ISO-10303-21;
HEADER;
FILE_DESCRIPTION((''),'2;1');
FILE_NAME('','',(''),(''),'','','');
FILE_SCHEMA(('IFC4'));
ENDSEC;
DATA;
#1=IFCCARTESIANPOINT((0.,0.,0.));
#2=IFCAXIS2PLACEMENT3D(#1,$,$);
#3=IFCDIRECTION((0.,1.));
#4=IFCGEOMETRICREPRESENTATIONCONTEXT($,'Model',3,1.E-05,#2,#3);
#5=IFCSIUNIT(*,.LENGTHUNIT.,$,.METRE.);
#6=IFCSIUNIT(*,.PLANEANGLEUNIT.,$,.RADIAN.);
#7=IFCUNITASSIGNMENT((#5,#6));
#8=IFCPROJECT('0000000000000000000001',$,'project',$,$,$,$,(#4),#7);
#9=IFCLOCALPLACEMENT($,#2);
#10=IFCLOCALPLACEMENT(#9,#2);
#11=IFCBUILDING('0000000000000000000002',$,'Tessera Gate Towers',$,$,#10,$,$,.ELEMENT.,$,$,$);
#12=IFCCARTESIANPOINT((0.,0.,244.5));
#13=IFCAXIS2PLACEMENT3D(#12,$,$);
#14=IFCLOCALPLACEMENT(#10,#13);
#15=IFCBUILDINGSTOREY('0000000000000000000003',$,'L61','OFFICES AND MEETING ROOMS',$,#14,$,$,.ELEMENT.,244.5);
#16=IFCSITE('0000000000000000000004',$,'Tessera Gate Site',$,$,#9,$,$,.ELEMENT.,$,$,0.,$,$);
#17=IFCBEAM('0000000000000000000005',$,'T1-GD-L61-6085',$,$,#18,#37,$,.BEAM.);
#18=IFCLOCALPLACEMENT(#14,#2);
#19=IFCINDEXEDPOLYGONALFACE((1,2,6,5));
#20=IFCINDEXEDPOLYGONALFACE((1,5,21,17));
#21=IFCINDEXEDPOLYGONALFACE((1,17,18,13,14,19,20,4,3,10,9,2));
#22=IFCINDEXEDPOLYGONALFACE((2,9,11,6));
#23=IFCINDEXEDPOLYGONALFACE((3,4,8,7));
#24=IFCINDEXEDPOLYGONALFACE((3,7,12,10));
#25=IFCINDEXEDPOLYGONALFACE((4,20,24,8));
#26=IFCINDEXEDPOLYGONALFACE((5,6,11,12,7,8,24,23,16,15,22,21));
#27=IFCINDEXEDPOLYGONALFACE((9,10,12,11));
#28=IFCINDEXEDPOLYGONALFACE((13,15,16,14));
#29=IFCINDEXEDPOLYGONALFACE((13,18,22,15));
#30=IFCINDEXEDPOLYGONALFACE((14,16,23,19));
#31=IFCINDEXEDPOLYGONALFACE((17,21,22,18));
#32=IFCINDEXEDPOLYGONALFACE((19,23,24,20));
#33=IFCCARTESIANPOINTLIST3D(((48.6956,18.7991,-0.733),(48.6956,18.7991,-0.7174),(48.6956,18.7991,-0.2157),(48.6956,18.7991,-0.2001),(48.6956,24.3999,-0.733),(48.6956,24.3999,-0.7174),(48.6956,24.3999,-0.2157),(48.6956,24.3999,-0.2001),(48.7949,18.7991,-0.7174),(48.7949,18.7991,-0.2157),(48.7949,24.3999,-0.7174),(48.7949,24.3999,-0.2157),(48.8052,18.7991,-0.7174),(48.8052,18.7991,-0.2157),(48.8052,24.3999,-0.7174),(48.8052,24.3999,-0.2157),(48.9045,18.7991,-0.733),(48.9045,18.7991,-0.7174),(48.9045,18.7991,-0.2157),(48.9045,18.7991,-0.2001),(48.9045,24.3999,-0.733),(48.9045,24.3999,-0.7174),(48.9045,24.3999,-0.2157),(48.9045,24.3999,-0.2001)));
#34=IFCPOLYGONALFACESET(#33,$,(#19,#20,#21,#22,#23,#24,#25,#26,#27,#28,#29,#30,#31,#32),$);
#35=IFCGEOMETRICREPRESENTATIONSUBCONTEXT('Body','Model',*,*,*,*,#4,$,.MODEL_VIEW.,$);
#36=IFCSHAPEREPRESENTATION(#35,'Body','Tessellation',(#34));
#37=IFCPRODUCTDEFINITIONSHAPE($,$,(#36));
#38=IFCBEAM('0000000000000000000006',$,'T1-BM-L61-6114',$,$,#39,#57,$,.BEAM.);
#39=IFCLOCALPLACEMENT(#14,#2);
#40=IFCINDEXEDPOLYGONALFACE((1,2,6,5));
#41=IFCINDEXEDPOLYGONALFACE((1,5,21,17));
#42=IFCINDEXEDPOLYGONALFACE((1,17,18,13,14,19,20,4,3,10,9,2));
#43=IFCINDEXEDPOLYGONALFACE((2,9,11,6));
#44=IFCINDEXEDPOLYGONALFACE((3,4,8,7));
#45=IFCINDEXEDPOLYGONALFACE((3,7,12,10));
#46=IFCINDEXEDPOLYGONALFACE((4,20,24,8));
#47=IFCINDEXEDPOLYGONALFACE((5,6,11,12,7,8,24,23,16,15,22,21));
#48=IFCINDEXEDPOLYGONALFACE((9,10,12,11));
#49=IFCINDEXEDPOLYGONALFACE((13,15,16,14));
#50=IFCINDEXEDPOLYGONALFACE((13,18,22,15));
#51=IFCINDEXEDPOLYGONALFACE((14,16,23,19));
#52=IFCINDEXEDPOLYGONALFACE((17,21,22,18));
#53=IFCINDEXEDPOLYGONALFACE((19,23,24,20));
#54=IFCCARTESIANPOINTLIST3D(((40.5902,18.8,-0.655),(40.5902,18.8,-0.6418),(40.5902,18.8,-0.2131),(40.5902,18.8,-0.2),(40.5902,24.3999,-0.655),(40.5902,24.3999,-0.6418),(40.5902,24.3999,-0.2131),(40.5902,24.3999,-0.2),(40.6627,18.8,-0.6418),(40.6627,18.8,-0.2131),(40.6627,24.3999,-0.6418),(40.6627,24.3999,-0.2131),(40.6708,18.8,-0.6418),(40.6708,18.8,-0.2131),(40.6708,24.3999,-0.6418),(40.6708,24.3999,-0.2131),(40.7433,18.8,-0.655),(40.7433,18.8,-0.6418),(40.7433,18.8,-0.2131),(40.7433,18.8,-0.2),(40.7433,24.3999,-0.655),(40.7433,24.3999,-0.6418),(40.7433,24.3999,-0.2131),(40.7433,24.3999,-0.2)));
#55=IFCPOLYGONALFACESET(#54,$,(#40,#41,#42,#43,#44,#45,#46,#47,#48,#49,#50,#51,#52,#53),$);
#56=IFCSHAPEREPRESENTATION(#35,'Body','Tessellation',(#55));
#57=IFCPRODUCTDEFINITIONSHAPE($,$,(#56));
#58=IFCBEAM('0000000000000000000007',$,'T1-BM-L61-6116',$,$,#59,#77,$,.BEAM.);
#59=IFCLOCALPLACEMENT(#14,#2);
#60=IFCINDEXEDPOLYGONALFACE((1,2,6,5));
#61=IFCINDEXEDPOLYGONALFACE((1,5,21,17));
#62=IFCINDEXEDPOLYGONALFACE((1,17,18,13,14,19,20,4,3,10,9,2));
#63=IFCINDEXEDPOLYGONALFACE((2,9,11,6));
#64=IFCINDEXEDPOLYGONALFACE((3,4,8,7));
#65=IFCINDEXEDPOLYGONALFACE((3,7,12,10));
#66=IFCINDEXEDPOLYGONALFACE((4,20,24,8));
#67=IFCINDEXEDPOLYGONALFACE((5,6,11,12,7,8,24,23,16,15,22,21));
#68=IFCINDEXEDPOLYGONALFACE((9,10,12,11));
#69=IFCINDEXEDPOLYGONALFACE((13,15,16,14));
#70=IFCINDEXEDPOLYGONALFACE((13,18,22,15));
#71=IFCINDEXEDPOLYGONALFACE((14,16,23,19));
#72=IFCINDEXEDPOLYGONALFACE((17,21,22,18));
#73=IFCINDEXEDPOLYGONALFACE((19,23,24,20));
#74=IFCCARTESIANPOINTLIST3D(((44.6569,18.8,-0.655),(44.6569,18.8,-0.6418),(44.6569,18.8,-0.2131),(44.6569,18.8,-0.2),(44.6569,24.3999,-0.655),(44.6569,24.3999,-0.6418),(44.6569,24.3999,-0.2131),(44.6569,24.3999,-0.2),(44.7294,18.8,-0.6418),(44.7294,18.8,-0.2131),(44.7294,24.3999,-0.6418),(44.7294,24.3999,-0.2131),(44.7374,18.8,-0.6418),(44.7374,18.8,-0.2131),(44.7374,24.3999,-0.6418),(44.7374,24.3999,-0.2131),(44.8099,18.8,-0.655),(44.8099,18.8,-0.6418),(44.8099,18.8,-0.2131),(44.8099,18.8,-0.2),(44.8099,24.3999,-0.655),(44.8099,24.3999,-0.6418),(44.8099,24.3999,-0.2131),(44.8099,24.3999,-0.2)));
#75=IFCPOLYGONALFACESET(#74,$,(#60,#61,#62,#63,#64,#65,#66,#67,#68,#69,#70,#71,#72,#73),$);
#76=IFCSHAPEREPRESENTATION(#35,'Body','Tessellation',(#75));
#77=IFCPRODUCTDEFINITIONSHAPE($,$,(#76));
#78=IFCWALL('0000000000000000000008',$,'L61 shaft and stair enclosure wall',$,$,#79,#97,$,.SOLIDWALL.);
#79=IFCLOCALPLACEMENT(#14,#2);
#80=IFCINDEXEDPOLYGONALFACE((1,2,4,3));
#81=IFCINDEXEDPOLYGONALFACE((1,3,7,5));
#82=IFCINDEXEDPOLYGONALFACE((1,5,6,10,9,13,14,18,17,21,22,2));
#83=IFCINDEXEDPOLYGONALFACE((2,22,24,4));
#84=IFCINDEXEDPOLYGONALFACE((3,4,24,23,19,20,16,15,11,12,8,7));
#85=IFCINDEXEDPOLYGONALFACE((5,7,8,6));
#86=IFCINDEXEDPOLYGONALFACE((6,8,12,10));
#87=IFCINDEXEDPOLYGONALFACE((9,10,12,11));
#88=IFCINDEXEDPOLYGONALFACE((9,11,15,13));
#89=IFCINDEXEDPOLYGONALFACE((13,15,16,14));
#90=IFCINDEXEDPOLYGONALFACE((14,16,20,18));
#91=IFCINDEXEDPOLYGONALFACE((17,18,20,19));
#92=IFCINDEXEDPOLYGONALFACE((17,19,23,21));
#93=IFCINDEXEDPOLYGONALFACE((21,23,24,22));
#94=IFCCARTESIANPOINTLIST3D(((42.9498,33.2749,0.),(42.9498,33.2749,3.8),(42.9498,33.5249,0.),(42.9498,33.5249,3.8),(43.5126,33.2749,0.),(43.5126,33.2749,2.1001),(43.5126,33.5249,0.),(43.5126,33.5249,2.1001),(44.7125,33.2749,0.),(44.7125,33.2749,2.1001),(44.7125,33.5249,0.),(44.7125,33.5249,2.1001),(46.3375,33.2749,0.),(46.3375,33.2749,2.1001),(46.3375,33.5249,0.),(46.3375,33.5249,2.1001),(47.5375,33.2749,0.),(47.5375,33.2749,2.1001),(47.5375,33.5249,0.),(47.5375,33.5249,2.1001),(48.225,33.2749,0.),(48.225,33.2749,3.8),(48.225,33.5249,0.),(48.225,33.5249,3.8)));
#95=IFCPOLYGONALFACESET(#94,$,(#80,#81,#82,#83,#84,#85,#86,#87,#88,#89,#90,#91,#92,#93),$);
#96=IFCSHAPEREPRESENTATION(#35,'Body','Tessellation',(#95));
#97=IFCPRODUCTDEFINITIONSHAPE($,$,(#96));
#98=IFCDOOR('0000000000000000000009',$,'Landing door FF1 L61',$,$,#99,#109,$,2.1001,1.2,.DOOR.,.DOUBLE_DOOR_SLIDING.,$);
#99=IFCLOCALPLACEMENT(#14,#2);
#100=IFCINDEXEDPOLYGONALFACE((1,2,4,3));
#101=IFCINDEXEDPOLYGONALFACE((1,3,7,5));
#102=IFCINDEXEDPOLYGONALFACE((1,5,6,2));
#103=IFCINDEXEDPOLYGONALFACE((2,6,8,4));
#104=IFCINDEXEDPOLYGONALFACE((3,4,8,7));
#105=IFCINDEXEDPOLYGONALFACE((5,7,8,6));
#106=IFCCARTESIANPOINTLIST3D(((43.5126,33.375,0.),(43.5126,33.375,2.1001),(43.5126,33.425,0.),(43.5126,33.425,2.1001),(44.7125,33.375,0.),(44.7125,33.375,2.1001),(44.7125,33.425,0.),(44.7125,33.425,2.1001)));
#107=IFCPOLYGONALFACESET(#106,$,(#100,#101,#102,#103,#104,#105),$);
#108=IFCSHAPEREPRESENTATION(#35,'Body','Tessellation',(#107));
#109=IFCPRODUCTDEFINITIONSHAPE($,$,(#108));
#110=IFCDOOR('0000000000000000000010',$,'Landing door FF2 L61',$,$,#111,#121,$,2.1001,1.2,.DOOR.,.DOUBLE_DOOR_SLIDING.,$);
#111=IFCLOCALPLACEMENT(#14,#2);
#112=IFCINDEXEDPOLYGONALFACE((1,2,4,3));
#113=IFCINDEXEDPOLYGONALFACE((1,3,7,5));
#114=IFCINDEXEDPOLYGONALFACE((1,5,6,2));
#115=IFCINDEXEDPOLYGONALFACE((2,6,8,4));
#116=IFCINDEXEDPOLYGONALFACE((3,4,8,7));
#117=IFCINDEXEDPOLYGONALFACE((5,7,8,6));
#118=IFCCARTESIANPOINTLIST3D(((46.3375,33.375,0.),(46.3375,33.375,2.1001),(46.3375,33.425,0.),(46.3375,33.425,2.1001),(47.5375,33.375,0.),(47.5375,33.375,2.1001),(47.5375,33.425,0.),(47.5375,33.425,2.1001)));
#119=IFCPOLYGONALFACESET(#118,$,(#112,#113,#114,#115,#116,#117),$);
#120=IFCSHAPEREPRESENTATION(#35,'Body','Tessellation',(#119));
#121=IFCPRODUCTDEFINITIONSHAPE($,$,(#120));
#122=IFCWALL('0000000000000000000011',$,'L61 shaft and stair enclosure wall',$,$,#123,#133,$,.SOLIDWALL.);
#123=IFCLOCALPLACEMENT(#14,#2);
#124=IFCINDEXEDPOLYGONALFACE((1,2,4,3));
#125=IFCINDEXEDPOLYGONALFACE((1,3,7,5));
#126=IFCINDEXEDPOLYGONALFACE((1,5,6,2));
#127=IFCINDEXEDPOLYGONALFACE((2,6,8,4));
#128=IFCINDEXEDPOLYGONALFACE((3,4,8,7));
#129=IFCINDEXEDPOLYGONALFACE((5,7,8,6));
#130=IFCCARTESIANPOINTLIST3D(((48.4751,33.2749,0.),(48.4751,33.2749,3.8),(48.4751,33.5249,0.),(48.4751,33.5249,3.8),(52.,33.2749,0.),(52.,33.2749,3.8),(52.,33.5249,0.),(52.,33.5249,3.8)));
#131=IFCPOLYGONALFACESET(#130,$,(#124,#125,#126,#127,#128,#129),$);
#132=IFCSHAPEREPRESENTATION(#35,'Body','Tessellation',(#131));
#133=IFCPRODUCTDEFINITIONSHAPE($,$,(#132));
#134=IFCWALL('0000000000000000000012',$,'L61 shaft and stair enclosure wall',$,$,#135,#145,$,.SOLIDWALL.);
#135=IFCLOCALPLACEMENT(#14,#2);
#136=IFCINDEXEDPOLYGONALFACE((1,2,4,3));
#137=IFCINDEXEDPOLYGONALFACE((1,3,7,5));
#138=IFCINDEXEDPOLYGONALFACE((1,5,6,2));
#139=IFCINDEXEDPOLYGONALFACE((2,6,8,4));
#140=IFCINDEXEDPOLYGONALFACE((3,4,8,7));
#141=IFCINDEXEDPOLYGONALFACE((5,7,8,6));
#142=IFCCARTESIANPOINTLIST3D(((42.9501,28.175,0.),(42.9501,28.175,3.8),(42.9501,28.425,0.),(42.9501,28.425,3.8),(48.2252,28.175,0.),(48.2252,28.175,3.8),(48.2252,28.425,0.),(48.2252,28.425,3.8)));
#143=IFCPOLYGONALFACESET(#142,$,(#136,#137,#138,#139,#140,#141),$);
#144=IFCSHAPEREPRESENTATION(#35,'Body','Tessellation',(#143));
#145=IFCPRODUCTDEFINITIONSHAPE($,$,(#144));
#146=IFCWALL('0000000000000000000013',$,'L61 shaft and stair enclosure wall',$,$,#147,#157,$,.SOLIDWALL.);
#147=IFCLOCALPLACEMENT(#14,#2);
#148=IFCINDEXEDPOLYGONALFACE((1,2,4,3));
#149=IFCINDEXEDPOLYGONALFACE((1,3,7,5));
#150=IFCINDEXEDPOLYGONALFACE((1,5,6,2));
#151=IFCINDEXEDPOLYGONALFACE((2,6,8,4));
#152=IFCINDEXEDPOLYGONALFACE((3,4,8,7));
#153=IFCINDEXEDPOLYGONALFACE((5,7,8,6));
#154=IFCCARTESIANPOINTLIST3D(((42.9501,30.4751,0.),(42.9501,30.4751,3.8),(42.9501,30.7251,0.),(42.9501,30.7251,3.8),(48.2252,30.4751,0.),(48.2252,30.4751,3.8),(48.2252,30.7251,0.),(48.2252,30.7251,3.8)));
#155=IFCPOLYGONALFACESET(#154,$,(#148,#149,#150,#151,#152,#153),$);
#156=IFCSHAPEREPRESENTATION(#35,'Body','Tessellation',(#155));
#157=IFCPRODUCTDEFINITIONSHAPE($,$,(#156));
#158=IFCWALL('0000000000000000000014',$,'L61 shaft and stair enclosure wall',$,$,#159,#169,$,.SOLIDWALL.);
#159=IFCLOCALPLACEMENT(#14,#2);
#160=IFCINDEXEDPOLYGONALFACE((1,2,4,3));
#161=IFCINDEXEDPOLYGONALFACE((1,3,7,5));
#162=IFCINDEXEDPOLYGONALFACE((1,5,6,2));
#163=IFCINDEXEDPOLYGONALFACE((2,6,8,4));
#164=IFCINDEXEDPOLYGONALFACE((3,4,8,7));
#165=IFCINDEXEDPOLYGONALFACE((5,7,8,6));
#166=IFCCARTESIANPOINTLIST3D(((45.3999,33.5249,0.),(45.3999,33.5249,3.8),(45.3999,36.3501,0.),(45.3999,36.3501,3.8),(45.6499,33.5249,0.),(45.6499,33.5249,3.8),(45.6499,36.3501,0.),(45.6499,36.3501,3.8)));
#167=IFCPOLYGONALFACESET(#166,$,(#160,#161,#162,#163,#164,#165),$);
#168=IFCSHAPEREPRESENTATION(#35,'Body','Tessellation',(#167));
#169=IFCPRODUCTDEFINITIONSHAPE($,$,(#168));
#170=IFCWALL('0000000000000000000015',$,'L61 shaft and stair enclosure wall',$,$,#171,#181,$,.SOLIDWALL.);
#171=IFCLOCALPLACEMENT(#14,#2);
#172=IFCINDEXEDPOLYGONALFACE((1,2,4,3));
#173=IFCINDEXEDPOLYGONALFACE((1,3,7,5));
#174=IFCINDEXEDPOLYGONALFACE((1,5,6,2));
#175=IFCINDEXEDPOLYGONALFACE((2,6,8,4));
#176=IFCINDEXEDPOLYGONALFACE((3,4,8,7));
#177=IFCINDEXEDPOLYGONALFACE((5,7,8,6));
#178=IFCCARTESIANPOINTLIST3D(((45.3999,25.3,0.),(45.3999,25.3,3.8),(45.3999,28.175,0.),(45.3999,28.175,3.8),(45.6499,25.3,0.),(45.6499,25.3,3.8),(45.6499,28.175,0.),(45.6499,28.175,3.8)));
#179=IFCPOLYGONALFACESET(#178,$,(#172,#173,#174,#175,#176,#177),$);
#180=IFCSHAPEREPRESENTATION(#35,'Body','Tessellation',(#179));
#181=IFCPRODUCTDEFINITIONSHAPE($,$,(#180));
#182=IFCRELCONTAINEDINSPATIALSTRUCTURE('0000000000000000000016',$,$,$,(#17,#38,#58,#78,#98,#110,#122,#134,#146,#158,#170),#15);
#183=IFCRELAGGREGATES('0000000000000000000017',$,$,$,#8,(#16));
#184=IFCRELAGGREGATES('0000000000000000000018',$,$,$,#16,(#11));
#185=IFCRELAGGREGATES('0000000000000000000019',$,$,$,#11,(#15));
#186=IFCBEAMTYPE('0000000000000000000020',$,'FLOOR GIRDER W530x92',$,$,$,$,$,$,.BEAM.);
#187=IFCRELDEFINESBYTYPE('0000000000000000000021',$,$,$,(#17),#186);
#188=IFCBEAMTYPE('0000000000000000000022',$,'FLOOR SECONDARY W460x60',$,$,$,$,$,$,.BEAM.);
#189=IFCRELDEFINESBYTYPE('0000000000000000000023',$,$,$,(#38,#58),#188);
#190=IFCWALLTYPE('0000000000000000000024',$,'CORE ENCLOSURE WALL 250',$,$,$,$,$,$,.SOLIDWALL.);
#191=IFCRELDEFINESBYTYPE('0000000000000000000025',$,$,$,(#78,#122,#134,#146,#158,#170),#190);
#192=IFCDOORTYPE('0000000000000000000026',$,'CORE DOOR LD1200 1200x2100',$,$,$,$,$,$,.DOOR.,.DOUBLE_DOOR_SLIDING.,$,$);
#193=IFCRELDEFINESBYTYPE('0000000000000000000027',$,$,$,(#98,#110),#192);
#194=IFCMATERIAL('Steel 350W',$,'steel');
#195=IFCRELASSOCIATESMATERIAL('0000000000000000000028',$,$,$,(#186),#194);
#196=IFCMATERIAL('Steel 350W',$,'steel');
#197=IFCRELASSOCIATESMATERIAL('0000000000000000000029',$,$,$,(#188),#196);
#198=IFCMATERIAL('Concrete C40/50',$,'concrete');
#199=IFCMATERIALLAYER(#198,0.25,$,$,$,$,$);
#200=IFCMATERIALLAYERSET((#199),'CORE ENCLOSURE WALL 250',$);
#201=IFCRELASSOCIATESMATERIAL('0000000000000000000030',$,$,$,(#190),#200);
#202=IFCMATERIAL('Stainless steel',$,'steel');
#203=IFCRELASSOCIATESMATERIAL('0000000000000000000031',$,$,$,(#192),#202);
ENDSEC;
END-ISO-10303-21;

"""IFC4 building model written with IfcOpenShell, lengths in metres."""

from ifc_helpers import new_model, si_unit, direction, frame, frame_2d, origin, origin_2d, place, context, subcontext, project, spatial, rectangle, i_section, extrude, source, transform, mapped, material, layer, layer_set, material_profile, profile_set, type_object, element, fill, save


model = new_model("IFC4")

# Units and contexts
model_context = context("Model", 3, precision=1e-05, world=origin(), true_north=direction((0.0, 1.0)))
body_context = subcontext(model_context, "Body", "Model", "MODEL_VIEW")
ifc_project = project(units=[si_unit("LENGTHUNIT", "METRE"), si_unit("PLANEANGLEUNIT", "RADIAN")], contexts=[model_context])

# Site, building, storey
site_placement = place(None, origin())
site = spatial("IfcSite", under=ifc_project, at=site_placement, Name="Tessera Gate Site", CompositionType="ELEMENT", RefElevation=0.0)
building_placement = place(site_placement, origin())
building = spatial("IfcBuilding", under=site, at=building_placement, Name="Tessera Gate Towers", CompositionType="ELEMENT")
storey_placement = place(building_placement, frame((0.0, 0.0, 244.5)))
storey = spatial("IfcBuildingStorey", under=building, at=storey_placement, Name="L61", Description="OFFICES AND MEETING ROOMS", CompositionType="ELEMENT", Elevation=244.5)

# Beams
ifc_material_1 = material(Name="Steel 350W", Category="steel")
ifc_material_profile_1 = material_profile(ifc_material_1, i_section(OverallWidth=0.209, OverallDepth=0.533, WebThickness=0.0103, FlangeThickness=0.0156, at=origin_2d()), Name="W530x92")
ifc_profile_set_1 = profile_set([ifc_material_profile_1], Name="Steel 350W")
beam_type_1 = type_object("IfcBeamType", Name="FLOOR GIRDER W530x92", PredefinedType="BEAM", material=ifc_profile_set_1)
beam_placement = place(storey_placement, frame((48.8, 18.7991, -0.4666), z_axis=(0.0, 1.0, 0.0), x_axis=(-1.0, 0.0, 0.0)))
element("IfcBeam", 1, at=beam_placement, inside=storey, type_object=beam_type_1, Name="T1-GD-L61-6085", PredefinedType="BEAM", context=body_context, shape_type="SweptSolid", body=[
    extrude(i_section(OverallWidth=0.209, OverallDepth=0.533, WebThickness=0.0103, FlangeThickness=0.0156, at=origin_2d()), origin(), (0.0, 0.0, 1.0), 5.6008),
])
ifc_material_2 = material(Name="Steel 350W", Category="steel")
ifc_material_profile_2 = material_profile(ifc_material_2, i_section(OverallWidth=0.1531, OverallDepth=0.4551, WebThickness=0.0081, FlangeThickness=0.0132, at=origin_2d()), Name="W460x60")
ifc_profile_set_2 = profile_set([ifc_material_profile_2], Name="Steel 350W")
beam_type_2 = type_object("IfcBeamType", Name="FLOOR SECONDARY W460x60", PredefinedType="BEAM", material=ifc_profile_set_2)
for number, where, z_axis, x_axis, name in (
    (2, (40.6667, 18.8, -0.4275), (0.0, 1.0, 0.0), (-1.0, 0.0, 0.0), "T1-BM-L61-6114"),
    (3, (44.7334, 18.8, -0.4275), (0.0, 1.0, 0.0), (-1.0, 0.0, 0.0), "T1-BM-L61-6116"),
):
    element("IfcBeam", number, at=place(storey_placement, frame(where, z_axis=z_axis, x_axis=x_axis)), inside=storey, type_object=beam_type_2, Name=name, PredefinedType="BEAM", context=body_context, shape_type="SweptSolid", body=[
        extrude(i_section(OverallWidth=0.1531, OverallDepth=0.4551, WebThickness=0.0081, FlangeThickness=0.0132, at=origin_2d()), origin(), (0.0, 0.0, 1.0), 5.5999),
    ])

# Wall, openings, doors
ifc_material_3 = material(Name="Concrete C40/50", Category="concrete")
ifc_layer_1 = layer(ifc_material_3, 0.25)
ifc_layer_set_1 = layer_set([ifc_layer_1], Name="CORE ENCLOSURE WALL 250")
wall_type_1 = type_object("IfcWallType", Name="CORE ENCLOSURE WALL 250", PredefinedType="SOLIDWALL", material=ifc_layer_set_1)
wall_1_placement = place(storey_placement, frame((48.2251, 33.3999, 0.0), z_axis=(0.0, 0.0, 1.0), x_axis=(-1.0, 0.0, 0.0)))
wall_1 = element("IfcWall", 4, at=wall_1_placement, inside=storey, type_object=wall_type_1, Name="L61 shaft and stair enclosure wall", PredefinedType="SOLIDWALL", context=body_context, shape_type="SweptSolid", body=[
    extrude(rectangle(XDim=5.2751, YDim=0.25, at=frame_2d((2.6377, 0.0))), origin(), (0.0, 0.0, 1.0), 3.8),
])
shared_shape_1 = source(origin(), body_context, "Body", "SweptSolid", [
    extrude(rectangle(XDim=1.2, YDim=2.1001, at=frame_2d((0.6001, 1.05))), frame((0.0, 0.135, 0.0), z_axis=(0.0, -1.0, 0.0), x_axis=(1.0, 0.0, 0.0)), (0.0, 0.0, 1.0), 0.27),
])
opening_1_placement = place(wall_1_placement, frame((3.5125, 0.0, 0.0)))
opening_1 = element("IfcOpeningElement", 5, at=opening_1_placement, cuts=wall_1, PredefinedType="OPENING", context=body_context, shape_type="MappedRepresentation", body=[
    mapped(shared_shape_1, transform((0.0, 0.0, 0.0), scale=1.0)),
])
opening_2_placement = place(wall_1_placement, frame((0.6875, 0.0, 0.0)))
opening_2 = element("IfcOpeningElement", 6, at=opening_2_placement, cuts=wall_1, PredefinedType="OPENING", context=body_context, shape_type="MappedRepresentation", body=[
    mapped(shared_shape_1, transform((0.0, 0.0, 0.0), scale=1.0)),
])
ifc_material_4 = material(Name="Stainless steel", Category="steel")
door_type_1 = type_object("IfcDoorType", Name="CORE DOOR LD1200 1200x2100", OperationType="DOUBLE_DOOR_SLIDING", PredefinedType="DOOR", material=ifc_material_4)
shared_shape_2 = source(origin(), body_context, "Body", "SweptSolid", [
    extrude(rectangle(XDim=1.2, YDim=2.1001, at=frame_2d((0.6001, 1.05))), frame((0.0, 0.0249, 0.0), z_axis=(0.0, -1.0, 0.0), x_axis=(1.0, 0.0, 0.0)), (0.0, 0.0, 1.0), 0.05),
])
door_1_placement = place(opening_1_placement, origin())
door_1 = element("IfcDoor", 7, at=door_1_placement, inside=storey, type_object=door_type_1, Name="Landing door FF1 L61", OperationType="DOUBLE_DOOR_SLIDING", OverallHeight=2.1001, OverallWidth=1.2, PredefinedType="DOOR", context=body_context, shape_type="MappedRepresentation", body=[
    mapped(shared_shape_2, transform((0.0, 0.0, 0.0), scale=1.0)),
])
fill(opening_1, door_1)
door_2_placement = place(opening_2_placement, origin())
door_2 = element("IfcDoor", 8, at=door_2_placement, inside=storey, type_object=door_type_1, Name="Landing door FF2 L61", OperationType="DOUBLE_DOOR_SLIDING", OverallHeight=2.1001, OverallWidth=1.2, PredefinedType="DOOR", context=body_context, shape_type="MappedRepresentation", body=[
    mapped(shared_shape_2, transform((0.0, 0.0, 0.0), scale=1.0)),
])
fill(opening_2, door_2)

# Walls
wall_2_placement = place(storey_placement, frame((48.4751, 33.3999, 0.0), z_axis=(0.0, 0.0, 1.0), x_axis=(1.0, 0.0, 0.0)))
element("IfcWall", 9, at=wall_2_placement, inside=storey, type_object=wall_type_1, Name="L61 shaft and stair enclosure wall", PredefinedType="SOLIDWALL", context=body_context, shape_type="SweptSolid", body=[
    extrude(rectangle(XDim=3.5249, YDim=0.25, at=frame_2d((1.7625, 0.0))), origin(), (0.0, 0.0, 1.0), 3.8),
])
for number, where, z_axis, x_axis, name in (
    (10, (42.95, 28.3, 0.0), (0.0, 0.0, 1.0), (1.0, 0.0, 0.0), "L61 shaft and stair enclosure wall"),
    (11, (42.95, 30.6001, 0.0), (0.0, 0.0, 1.0), (1.0, 0.0, 0.0), "L61 shaft and stair enclosure wall"),
):
    element("IfcWall", number, at=place(storey_placement, frame(where, z_axis=z_axis, x_axis=x_axis)), inside=storey, type_object=wall_type_1, Name=name, PredefinedType="SOLIDWALL", context=body_context, shape_type="SweptSolid", body=[
        extrude(rectangle(XDim=5.2751, YDim=0.25, at=frame_2d((2.6377, 0.0))), origin(), (0.0, 0.0, 1.0), 3.8),
    ])
wall_3_placement = place(storey_placement, frame((45.5249, 33.5249, 0.0), z_axis=(0.0, 0.0, 1.0), x_axis=(0.0, 1.0, 0.0)))
element("IfcWall", 12, at=wall_3_placement, inside=storey, type_object=wall_type_1, Name="L61 shaft and stair enclosure wall", PredefinedType="SOLIDWALL", context=body_context, shape_type="SweptSolid", body=[
    extrude(rectangle(XDim=2.8252, YDim=0.25, at=frame_2d((1.4126, 0.0))), origin(), (0.0, 0.0, 1.0), 3.8),
])
wall_4_placement = place(storey_placement, frame((45.5249, 25.3, 0.0), z_axis=(0.0, 0.0, 1.0), x_axis=(0.0, 1.0, 0.0)))
element("IfcWall", 13, at=wall_4_placement, inside=storey, type_object=wall_type_1, Name="L61 shaft and stair enclosure wall", PredefinedType="SOLIDWALL", context=body_context, shape_type="SweptSolid", body=[
    extrude(rectangle(XDim=2.875, YDim=0.25, at=frame_2d((1.4375, 0.0))), origin(), (0.0, 0.0, 1.0), 3.8),
])

save(model, "model.ifc")
